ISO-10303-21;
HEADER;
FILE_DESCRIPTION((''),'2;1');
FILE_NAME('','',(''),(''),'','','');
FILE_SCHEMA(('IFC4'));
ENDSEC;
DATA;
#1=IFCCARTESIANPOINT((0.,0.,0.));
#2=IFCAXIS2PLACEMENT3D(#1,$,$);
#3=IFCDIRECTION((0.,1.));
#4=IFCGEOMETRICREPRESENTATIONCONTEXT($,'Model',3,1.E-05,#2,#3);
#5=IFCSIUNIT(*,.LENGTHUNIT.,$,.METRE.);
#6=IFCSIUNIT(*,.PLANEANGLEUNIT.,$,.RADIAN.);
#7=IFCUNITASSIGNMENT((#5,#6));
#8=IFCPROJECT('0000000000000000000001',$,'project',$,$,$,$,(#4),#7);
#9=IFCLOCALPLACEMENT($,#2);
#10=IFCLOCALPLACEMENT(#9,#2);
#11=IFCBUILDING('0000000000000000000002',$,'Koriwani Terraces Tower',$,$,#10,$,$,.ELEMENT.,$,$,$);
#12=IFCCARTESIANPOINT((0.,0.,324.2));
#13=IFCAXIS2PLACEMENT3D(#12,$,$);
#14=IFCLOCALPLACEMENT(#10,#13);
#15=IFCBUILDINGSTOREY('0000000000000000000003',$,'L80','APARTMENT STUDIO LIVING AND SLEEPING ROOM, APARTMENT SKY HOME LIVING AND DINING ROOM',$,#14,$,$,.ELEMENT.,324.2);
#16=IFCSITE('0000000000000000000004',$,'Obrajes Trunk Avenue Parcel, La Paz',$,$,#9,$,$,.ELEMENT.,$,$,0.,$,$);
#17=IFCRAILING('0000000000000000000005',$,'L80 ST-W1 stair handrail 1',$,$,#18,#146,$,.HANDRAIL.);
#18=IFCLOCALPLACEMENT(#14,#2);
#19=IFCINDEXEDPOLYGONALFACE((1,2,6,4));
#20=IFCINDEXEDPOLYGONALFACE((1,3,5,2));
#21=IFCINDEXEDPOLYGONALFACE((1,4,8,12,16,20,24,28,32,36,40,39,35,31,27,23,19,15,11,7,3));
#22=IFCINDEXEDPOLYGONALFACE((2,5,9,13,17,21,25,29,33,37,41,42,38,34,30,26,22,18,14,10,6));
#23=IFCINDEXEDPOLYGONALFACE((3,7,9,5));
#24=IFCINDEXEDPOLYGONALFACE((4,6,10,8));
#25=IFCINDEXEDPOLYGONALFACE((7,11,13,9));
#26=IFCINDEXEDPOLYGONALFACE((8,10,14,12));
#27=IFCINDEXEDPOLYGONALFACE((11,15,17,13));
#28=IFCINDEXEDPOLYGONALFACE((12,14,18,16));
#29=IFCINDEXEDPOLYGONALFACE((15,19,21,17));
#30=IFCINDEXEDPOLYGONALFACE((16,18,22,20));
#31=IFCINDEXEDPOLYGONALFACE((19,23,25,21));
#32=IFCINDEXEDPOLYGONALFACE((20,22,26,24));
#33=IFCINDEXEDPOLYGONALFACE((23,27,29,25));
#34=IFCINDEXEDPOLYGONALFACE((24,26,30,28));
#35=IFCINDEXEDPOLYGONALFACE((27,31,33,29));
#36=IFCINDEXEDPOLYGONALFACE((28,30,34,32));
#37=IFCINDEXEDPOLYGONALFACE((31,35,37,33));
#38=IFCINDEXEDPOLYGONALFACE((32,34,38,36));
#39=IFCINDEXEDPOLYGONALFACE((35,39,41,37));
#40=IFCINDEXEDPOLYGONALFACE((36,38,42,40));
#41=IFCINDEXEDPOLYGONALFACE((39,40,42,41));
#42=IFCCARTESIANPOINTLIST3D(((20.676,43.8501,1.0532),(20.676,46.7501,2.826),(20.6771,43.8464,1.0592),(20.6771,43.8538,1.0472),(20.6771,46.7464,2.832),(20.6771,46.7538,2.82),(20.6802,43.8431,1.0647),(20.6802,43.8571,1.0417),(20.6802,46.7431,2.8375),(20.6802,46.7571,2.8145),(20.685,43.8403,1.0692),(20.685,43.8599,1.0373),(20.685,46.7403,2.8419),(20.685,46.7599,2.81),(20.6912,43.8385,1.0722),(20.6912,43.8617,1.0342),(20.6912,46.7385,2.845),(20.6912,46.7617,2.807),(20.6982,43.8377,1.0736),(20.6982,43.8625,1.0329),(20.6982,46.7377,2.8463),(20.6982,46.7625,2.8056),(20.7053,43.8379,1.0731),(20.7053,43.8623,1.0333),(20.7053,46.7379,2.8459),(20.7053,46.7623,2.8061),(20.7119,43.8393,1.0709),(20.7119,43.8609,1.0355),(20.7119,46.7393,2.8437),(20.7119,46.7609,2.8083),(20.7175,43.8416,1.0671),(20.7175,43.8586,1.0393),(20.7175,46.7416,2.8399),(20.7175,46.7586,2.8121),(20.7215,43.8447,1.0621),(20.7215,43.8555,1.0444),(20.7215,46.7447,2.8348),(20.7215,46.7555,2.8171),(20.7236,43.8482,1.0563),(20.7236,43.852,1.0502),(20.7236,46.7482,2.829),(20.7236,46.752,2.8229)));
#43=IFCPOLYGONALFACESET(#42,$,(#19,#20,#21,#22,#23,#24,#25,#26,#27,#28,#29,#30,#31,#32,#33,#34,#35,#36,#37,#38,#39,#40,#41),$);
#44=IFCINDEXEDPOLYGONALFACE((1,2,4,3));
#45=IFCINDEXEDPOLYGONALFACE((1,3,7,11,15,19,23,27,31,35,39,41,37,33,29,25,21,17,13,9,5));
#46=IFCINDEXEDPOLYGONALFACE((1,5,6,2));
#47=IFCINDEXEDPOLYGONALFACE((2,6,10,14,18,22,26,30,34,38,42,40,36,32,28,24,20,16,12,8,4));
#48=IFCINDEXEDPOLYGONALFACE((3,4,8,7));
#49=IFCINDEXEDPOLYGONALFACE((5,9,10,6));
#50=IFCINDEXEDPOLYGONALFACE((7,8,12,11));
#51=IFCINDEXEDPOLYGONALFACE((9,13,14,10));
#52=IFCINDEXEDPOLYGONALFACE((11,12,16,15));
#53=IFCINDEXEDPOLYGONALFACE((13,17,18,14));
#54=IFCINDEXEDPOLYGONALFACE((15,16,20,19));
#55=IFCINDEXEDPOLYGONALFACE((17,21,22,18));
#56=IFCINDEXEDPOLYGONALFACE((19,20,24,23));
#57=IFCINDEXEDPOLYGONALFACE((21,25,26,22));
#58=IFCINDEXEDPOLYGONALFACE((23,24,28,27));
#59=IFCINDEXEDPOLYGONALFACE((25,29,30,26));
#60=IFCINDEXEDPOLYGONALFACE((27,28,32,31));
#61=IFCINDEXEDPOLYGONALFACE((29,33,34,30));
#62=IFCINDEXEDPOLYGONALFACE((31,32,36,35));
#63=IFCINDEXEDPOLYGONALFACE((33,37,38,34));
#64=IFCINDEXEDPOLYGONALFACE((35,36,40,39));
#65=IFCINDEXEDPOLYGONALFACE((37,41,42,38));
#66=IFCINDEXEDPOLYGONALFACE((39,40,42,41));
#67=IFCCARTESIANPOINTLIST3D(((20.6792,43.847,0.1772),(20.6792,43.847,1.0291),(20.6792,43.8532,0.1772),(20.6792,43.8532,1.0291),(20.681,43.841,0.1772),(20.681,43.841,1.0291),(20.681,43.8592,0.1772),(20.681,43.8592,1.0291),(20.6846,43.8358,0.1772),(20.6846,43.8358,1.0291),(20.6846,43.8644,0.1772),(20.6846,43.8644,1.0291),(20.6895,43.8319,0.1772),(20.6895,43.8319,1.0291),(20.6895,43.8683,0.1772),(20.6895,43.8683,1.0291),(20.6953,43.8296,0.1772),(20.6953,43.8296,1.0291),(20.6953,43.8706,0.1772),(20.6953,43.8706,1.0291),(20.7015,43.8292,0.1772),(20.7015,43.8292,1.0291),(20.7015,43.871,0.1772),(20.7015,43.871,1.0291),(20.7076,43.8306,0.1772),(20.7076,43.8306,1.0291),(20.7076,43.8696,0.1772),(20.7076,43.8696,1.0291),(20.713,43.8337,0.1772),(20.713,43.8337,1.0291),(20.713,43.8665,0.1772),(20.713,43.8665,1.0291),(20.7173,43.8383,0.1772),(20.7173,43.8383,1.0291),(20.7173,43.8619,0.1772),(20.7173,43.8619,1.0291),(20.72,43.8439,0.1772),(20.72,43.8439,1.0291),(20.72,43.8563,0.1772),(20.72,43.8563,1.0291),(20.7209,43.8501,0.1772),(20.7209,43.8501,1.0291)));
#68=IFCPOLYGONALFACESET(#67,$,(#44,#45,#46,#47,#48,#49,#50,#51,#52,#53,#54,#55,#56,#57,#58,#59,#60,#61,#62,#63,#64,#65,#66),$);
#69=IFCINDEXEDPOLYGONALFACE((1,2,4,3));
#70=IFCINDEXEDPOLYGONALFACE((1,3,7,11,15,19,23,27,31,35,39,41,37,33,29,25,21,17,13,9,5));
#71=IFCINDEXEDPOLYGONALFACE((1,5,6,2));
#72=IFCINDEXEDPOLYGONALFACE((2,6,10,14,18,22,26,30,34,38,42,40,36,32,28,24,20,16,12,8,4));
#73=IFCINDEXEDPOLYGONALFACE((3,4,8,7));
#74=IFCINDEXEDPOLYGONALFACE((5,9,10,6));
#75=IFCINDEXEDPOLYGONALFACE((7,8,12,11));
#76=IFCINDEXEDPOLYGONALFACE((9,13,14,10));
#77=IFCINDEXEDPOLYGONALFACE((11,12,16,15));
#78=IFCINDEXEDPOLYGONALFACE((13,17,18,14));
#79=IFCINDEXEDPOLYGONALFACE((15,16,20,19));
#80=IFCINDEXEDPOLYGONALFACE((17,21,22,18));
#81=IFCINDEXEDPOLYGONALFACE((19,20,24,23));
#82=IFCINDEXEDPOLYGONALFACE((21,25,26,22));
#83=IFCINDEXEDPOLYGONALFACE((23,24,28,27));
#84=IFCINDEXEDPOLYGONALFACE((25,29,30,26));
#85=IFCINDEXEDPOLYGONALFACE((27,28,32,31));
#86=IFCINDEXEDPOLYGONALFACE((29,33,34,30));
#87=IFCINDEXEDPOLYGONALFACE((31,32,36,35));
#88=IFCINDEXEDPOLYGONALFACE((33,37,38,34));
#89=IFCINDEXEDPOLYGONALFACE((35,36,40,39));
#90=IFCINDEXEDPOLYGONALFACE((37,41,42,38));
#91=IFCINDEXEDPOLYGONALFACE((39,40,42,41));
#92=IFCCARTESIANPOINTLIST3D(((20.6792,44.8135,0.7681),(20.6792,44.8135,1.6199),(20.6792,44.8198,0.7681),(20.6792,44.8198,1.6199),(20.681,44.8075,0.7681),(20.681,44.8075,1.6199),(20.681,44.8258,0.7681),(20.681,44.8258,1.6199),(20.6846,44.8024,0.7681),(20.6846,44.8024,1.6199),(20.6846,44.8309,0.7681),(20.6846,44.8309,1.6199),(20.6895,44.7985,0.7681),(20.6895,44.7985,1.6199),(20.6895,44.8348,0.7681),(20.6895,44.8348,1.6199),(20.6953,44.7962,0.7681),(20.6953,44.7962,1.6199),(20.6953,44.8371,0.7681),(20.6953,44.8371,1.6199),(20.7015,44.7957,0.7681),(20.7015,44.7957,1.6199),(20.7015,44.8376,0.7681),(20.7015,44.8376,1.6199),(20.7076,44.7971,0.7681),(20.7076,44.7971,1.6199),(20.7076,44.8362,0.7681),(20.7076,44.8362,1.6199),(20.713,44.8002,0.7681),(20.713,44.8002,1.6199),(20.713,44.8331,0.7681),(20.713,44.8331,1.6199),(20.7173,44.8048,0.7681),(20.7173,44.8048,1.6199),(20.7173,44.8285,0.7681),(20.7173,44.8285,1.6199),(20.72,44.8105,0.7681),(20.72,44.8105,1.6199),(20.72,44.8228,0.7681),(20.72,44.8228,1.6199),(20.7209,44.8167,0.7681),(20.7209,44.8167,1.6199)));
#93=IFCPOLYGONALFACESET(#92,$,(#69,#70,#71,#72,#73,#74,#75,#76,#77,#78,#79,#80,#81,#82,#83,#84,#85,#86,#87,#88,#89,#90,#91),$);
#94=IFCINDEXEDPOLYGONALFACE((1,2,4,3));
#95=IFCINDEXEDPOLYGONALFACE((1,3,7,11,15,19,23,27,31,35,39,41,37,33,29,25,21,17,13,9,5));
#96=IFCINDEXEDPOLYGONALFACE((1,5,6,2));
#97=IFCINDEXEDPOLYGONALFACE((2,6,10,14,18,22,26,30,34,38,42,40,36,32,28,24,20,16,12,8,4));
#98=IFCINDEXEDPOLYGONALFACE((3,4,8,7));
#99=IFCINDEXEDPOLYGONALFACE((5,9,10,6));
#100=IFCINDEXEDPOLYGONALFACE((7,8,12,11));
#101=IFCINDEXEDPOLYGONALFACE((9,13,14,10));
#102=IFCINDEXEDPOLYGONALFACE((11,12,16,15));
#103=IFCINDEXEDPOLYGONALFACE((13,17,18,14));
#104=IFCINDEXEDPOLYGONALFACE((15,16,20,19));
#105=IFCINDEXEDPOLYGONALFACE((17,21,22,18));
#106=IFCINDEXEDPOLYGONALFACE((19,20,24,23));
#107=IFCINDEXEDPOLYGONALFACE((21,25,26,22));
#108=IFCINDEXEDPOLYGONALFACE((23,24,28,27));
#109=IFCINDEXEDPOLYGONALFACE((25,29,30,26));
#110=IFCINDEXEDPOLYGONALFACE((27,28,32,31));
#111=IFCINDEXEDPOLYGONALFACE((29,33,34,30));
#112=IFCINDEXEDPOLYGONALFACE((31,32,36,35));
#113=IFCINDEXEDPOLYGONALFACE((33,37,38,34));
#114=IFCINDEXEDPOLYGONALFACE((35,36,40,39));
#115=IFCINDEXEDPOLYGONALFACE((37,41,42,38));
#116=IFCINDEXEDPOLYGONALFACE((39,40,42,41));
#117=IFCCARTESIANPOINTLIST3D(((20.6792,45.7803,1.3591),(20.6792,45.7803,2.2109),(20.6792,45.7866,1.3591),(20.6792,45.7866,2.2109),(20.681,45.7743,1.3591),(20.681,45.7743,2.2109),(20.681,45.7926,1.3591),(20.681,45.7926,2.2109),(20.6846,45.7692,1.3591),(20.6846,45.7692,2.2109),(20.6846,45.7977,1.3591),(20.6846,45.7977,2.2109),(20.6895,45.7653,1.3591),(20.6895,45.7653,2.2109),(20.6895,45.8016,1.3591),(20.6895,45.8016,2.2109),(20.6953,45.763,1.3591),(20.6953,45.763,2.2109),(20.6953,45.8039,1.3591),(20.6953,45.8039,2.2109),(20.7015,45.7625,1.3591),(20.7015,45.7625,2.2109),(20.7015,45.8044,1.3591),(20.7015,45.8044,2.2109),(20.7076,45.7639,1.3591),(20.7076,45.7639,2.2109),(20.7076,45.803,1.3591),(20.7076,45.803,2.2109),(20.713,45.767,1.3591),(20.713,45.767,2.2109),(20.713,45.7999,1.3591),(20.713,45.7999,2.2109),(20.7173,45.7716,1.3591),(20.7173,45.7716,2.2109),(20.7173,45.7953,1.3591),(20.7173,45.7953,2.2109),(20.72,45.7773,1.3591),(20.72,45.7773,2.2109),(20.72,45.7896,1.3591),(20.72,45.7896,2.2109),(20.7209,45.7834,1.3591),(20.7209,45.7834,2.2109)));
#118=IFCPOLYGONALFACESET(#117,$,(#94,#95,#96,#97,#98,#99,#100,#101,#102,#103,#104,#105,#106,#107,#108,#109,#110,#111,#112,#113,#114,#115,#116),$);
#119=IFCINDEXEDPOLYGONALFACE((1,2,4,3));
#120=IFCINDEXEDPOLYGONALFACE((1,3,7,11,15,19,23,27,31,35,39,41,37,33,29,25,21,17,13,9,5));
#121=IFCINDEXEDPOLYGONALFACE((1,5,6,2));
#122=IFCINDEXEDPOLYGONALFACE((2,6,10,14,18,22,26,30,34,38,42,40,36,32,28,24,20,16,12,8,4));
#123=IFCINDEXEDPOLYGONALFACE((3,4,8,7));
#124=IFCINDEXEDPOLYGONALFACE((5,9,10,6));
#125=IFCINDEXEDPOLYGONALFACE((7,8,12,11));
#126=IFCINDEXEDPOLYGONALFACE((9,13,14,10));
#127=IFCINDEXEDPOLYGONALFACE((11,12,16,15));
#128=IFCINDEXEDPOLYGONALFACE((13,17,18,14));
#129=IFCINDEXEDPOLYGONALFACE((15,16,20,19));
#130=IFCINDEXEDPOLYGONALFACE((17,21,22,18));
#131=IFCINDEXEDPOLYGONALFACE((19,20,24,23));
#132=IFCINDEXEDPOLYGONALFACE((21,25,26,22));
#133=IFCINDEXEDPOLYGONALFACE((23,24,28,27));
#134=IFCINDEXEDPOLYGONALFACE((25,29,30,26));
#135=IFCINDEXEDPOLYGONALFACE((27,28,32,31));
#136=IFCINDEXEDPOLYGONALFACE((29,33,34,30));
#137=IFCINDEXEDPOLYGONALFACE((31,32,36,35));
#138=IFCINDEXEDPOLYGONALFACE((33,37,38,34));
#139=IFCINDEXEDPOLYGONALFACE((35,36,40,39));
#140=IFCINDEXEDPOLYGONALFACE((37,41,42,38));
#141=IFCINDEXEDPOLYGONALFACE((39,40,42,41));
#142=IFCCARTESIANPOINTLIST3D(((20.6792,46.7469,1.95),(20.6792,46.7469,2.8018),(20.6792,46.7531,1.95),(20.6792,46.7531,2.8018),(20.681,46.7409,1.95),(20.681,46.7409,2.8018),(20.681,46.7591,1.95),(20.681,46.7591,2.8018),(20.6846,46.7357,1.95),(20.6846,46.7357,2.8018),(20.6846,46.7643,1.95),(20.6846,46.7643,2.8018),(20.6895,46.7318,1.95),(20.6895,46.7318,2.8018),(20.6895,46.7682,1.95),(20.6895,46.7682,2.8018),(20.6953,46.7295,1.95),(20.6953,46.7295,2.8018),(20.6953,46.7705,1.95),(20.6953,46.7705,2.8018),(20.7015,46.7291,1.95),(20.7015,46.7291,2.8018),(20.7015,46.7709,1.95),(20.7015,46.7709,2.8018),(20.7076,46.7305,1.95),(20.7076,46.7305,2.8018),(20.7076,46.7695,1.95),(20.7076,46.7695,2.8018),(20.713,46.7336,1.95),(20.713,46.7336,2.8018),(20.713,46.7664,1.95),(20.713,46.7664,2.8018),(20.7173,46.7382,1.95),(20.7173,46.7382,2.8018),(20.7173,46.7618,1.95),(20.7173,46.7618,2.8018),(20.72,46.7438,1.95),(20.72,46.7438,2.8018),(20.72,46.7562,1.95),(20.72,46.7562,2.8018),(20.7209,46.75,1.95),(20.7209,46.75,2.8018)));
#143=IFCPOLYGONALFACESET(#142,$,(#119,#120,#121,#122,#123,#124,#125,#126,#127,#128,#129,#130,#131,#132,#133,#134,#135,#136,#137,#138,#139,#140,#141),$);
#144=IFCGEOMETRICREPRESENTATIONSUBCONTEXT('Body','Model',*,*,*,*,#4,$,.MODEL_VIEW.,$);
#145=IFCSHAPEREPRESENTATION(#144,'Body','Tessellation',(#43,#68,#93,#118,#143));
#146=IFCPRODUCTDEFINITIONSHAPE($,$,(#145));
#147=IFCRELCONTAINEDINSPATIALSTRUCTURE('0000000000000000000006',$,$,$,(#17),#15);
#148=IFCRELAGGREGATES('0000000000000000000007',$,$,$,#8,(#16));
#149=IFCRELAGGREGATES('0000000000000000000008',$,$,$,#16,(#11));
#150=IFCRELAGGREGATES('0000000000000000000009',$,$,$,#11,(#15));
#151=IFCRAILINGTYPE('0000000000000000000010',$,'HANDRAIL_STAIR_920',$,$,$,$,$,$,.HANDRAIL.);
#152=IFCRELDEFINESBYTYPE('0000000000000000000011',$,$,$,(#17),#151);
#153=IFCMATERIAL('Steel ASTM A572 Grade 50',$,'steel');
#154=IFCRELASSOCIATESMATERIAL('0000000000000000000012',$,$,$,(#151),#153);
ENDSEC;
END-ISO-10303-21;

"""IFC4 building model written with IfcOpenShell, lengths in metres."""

from ifc_helpers import new_model, si_unit, direction, frame, origin, origin_2d, place, context, subcontext, project, spatial, circle, extrude, material, type_object, element, save


model = new_model("IFC4")

# Units and contexts
model_context = context("Model", 3, precision=1e-05, world=origin(), true_north=direction((0.0, 1.0)))
body_context = subcontext(model_context, "Body", "Model", "MODEL_VIEW")
ifc_project = project(units=[si_unit("LENGTHUNIT", "METRE"), si_unit("PLANEANGLEUNIT", "RADIAN")], contexts=[model_context])

# Site, building, storey
site_placement = place(None, origin())
site = spatial("IfcSite", under=ifc_project, at=site_placement, Name="Obrajes Trunk Avenue Parcel, La Paz", CompositionType="ELEMENT", RefElevation=0.0)
building_placement = place(site_placement, origin())
building = spatial("IfcBuilding", under=site, at=building_placement, Name="Koriwani Terraces Tower", CompositionType="ELEMENT")
storey_placement = place(building_placement, frame((0.0, 0.0, 324.2)))
storey = spatial("IfcBuildingStorey", under=building, at=storey_placement, Name="L80", Description="APARTMENT STUDIO LIVING AND SLEEPING ROOM, APARTMENT SKY HOME LIVING AND DINING ROOM", CompositionType="ELEMENT", Elevation=324.2)

# Shared definitions
ifc_material_1 = material(Name="Steel ASTM A572 Grade 50", Category="steel")

# Railing
railing_type_1 = type_object("IfcRailingType", Name="HANDRAIL_STAIR_920", PredefinedType="HANDRAIL", material=ifc_material_1)
railing_1_placement = place(storey_placement, frame((20.7, 43.8501, 0.1772)))
element("IfcRailing", 1, at=railing_1_placement, inside=storey, type_object=railing_type_1, Name="L80 ST-W1 stair handrail 1", PredefinedType="HANDRAIL", context=body_context, shape_type="SweptSolid", body=[
    extrude(circle(Radius=0.0239, at=origin_2d()), frame((0.0, 0.0, 0.876), z_axis=(0.0, 0.853211, 0.521566), x_axis=(-1.0, 0.0, 0.0)), (0.0, 0.0, 1.0), 3.3989),
    extrude(circle(Radius=0.021, at=origin_2d()), origin(), (0.0, 0.0, 1.0), 0.8518),
    extrude(circle(Radius=0.021, at=origin_2d()), frame((0.0, 0.9666, 0.5908)), (0.0, 0.0, 1.0), 0.8518),
    extrude(circle(Radius=0.021, at=origin_2d()), frame((0.0, 1.9333, 1.1819)), (0.0, 0.0, 1.0), 0.8518),
    extrude(circle(Radius=0.021, at=origin_2d()), frame((0.0, 2.8999, 1.7727)), (0.0, 0.0, 1.0), 0.8518),
])

save(model, "model.ifc")
